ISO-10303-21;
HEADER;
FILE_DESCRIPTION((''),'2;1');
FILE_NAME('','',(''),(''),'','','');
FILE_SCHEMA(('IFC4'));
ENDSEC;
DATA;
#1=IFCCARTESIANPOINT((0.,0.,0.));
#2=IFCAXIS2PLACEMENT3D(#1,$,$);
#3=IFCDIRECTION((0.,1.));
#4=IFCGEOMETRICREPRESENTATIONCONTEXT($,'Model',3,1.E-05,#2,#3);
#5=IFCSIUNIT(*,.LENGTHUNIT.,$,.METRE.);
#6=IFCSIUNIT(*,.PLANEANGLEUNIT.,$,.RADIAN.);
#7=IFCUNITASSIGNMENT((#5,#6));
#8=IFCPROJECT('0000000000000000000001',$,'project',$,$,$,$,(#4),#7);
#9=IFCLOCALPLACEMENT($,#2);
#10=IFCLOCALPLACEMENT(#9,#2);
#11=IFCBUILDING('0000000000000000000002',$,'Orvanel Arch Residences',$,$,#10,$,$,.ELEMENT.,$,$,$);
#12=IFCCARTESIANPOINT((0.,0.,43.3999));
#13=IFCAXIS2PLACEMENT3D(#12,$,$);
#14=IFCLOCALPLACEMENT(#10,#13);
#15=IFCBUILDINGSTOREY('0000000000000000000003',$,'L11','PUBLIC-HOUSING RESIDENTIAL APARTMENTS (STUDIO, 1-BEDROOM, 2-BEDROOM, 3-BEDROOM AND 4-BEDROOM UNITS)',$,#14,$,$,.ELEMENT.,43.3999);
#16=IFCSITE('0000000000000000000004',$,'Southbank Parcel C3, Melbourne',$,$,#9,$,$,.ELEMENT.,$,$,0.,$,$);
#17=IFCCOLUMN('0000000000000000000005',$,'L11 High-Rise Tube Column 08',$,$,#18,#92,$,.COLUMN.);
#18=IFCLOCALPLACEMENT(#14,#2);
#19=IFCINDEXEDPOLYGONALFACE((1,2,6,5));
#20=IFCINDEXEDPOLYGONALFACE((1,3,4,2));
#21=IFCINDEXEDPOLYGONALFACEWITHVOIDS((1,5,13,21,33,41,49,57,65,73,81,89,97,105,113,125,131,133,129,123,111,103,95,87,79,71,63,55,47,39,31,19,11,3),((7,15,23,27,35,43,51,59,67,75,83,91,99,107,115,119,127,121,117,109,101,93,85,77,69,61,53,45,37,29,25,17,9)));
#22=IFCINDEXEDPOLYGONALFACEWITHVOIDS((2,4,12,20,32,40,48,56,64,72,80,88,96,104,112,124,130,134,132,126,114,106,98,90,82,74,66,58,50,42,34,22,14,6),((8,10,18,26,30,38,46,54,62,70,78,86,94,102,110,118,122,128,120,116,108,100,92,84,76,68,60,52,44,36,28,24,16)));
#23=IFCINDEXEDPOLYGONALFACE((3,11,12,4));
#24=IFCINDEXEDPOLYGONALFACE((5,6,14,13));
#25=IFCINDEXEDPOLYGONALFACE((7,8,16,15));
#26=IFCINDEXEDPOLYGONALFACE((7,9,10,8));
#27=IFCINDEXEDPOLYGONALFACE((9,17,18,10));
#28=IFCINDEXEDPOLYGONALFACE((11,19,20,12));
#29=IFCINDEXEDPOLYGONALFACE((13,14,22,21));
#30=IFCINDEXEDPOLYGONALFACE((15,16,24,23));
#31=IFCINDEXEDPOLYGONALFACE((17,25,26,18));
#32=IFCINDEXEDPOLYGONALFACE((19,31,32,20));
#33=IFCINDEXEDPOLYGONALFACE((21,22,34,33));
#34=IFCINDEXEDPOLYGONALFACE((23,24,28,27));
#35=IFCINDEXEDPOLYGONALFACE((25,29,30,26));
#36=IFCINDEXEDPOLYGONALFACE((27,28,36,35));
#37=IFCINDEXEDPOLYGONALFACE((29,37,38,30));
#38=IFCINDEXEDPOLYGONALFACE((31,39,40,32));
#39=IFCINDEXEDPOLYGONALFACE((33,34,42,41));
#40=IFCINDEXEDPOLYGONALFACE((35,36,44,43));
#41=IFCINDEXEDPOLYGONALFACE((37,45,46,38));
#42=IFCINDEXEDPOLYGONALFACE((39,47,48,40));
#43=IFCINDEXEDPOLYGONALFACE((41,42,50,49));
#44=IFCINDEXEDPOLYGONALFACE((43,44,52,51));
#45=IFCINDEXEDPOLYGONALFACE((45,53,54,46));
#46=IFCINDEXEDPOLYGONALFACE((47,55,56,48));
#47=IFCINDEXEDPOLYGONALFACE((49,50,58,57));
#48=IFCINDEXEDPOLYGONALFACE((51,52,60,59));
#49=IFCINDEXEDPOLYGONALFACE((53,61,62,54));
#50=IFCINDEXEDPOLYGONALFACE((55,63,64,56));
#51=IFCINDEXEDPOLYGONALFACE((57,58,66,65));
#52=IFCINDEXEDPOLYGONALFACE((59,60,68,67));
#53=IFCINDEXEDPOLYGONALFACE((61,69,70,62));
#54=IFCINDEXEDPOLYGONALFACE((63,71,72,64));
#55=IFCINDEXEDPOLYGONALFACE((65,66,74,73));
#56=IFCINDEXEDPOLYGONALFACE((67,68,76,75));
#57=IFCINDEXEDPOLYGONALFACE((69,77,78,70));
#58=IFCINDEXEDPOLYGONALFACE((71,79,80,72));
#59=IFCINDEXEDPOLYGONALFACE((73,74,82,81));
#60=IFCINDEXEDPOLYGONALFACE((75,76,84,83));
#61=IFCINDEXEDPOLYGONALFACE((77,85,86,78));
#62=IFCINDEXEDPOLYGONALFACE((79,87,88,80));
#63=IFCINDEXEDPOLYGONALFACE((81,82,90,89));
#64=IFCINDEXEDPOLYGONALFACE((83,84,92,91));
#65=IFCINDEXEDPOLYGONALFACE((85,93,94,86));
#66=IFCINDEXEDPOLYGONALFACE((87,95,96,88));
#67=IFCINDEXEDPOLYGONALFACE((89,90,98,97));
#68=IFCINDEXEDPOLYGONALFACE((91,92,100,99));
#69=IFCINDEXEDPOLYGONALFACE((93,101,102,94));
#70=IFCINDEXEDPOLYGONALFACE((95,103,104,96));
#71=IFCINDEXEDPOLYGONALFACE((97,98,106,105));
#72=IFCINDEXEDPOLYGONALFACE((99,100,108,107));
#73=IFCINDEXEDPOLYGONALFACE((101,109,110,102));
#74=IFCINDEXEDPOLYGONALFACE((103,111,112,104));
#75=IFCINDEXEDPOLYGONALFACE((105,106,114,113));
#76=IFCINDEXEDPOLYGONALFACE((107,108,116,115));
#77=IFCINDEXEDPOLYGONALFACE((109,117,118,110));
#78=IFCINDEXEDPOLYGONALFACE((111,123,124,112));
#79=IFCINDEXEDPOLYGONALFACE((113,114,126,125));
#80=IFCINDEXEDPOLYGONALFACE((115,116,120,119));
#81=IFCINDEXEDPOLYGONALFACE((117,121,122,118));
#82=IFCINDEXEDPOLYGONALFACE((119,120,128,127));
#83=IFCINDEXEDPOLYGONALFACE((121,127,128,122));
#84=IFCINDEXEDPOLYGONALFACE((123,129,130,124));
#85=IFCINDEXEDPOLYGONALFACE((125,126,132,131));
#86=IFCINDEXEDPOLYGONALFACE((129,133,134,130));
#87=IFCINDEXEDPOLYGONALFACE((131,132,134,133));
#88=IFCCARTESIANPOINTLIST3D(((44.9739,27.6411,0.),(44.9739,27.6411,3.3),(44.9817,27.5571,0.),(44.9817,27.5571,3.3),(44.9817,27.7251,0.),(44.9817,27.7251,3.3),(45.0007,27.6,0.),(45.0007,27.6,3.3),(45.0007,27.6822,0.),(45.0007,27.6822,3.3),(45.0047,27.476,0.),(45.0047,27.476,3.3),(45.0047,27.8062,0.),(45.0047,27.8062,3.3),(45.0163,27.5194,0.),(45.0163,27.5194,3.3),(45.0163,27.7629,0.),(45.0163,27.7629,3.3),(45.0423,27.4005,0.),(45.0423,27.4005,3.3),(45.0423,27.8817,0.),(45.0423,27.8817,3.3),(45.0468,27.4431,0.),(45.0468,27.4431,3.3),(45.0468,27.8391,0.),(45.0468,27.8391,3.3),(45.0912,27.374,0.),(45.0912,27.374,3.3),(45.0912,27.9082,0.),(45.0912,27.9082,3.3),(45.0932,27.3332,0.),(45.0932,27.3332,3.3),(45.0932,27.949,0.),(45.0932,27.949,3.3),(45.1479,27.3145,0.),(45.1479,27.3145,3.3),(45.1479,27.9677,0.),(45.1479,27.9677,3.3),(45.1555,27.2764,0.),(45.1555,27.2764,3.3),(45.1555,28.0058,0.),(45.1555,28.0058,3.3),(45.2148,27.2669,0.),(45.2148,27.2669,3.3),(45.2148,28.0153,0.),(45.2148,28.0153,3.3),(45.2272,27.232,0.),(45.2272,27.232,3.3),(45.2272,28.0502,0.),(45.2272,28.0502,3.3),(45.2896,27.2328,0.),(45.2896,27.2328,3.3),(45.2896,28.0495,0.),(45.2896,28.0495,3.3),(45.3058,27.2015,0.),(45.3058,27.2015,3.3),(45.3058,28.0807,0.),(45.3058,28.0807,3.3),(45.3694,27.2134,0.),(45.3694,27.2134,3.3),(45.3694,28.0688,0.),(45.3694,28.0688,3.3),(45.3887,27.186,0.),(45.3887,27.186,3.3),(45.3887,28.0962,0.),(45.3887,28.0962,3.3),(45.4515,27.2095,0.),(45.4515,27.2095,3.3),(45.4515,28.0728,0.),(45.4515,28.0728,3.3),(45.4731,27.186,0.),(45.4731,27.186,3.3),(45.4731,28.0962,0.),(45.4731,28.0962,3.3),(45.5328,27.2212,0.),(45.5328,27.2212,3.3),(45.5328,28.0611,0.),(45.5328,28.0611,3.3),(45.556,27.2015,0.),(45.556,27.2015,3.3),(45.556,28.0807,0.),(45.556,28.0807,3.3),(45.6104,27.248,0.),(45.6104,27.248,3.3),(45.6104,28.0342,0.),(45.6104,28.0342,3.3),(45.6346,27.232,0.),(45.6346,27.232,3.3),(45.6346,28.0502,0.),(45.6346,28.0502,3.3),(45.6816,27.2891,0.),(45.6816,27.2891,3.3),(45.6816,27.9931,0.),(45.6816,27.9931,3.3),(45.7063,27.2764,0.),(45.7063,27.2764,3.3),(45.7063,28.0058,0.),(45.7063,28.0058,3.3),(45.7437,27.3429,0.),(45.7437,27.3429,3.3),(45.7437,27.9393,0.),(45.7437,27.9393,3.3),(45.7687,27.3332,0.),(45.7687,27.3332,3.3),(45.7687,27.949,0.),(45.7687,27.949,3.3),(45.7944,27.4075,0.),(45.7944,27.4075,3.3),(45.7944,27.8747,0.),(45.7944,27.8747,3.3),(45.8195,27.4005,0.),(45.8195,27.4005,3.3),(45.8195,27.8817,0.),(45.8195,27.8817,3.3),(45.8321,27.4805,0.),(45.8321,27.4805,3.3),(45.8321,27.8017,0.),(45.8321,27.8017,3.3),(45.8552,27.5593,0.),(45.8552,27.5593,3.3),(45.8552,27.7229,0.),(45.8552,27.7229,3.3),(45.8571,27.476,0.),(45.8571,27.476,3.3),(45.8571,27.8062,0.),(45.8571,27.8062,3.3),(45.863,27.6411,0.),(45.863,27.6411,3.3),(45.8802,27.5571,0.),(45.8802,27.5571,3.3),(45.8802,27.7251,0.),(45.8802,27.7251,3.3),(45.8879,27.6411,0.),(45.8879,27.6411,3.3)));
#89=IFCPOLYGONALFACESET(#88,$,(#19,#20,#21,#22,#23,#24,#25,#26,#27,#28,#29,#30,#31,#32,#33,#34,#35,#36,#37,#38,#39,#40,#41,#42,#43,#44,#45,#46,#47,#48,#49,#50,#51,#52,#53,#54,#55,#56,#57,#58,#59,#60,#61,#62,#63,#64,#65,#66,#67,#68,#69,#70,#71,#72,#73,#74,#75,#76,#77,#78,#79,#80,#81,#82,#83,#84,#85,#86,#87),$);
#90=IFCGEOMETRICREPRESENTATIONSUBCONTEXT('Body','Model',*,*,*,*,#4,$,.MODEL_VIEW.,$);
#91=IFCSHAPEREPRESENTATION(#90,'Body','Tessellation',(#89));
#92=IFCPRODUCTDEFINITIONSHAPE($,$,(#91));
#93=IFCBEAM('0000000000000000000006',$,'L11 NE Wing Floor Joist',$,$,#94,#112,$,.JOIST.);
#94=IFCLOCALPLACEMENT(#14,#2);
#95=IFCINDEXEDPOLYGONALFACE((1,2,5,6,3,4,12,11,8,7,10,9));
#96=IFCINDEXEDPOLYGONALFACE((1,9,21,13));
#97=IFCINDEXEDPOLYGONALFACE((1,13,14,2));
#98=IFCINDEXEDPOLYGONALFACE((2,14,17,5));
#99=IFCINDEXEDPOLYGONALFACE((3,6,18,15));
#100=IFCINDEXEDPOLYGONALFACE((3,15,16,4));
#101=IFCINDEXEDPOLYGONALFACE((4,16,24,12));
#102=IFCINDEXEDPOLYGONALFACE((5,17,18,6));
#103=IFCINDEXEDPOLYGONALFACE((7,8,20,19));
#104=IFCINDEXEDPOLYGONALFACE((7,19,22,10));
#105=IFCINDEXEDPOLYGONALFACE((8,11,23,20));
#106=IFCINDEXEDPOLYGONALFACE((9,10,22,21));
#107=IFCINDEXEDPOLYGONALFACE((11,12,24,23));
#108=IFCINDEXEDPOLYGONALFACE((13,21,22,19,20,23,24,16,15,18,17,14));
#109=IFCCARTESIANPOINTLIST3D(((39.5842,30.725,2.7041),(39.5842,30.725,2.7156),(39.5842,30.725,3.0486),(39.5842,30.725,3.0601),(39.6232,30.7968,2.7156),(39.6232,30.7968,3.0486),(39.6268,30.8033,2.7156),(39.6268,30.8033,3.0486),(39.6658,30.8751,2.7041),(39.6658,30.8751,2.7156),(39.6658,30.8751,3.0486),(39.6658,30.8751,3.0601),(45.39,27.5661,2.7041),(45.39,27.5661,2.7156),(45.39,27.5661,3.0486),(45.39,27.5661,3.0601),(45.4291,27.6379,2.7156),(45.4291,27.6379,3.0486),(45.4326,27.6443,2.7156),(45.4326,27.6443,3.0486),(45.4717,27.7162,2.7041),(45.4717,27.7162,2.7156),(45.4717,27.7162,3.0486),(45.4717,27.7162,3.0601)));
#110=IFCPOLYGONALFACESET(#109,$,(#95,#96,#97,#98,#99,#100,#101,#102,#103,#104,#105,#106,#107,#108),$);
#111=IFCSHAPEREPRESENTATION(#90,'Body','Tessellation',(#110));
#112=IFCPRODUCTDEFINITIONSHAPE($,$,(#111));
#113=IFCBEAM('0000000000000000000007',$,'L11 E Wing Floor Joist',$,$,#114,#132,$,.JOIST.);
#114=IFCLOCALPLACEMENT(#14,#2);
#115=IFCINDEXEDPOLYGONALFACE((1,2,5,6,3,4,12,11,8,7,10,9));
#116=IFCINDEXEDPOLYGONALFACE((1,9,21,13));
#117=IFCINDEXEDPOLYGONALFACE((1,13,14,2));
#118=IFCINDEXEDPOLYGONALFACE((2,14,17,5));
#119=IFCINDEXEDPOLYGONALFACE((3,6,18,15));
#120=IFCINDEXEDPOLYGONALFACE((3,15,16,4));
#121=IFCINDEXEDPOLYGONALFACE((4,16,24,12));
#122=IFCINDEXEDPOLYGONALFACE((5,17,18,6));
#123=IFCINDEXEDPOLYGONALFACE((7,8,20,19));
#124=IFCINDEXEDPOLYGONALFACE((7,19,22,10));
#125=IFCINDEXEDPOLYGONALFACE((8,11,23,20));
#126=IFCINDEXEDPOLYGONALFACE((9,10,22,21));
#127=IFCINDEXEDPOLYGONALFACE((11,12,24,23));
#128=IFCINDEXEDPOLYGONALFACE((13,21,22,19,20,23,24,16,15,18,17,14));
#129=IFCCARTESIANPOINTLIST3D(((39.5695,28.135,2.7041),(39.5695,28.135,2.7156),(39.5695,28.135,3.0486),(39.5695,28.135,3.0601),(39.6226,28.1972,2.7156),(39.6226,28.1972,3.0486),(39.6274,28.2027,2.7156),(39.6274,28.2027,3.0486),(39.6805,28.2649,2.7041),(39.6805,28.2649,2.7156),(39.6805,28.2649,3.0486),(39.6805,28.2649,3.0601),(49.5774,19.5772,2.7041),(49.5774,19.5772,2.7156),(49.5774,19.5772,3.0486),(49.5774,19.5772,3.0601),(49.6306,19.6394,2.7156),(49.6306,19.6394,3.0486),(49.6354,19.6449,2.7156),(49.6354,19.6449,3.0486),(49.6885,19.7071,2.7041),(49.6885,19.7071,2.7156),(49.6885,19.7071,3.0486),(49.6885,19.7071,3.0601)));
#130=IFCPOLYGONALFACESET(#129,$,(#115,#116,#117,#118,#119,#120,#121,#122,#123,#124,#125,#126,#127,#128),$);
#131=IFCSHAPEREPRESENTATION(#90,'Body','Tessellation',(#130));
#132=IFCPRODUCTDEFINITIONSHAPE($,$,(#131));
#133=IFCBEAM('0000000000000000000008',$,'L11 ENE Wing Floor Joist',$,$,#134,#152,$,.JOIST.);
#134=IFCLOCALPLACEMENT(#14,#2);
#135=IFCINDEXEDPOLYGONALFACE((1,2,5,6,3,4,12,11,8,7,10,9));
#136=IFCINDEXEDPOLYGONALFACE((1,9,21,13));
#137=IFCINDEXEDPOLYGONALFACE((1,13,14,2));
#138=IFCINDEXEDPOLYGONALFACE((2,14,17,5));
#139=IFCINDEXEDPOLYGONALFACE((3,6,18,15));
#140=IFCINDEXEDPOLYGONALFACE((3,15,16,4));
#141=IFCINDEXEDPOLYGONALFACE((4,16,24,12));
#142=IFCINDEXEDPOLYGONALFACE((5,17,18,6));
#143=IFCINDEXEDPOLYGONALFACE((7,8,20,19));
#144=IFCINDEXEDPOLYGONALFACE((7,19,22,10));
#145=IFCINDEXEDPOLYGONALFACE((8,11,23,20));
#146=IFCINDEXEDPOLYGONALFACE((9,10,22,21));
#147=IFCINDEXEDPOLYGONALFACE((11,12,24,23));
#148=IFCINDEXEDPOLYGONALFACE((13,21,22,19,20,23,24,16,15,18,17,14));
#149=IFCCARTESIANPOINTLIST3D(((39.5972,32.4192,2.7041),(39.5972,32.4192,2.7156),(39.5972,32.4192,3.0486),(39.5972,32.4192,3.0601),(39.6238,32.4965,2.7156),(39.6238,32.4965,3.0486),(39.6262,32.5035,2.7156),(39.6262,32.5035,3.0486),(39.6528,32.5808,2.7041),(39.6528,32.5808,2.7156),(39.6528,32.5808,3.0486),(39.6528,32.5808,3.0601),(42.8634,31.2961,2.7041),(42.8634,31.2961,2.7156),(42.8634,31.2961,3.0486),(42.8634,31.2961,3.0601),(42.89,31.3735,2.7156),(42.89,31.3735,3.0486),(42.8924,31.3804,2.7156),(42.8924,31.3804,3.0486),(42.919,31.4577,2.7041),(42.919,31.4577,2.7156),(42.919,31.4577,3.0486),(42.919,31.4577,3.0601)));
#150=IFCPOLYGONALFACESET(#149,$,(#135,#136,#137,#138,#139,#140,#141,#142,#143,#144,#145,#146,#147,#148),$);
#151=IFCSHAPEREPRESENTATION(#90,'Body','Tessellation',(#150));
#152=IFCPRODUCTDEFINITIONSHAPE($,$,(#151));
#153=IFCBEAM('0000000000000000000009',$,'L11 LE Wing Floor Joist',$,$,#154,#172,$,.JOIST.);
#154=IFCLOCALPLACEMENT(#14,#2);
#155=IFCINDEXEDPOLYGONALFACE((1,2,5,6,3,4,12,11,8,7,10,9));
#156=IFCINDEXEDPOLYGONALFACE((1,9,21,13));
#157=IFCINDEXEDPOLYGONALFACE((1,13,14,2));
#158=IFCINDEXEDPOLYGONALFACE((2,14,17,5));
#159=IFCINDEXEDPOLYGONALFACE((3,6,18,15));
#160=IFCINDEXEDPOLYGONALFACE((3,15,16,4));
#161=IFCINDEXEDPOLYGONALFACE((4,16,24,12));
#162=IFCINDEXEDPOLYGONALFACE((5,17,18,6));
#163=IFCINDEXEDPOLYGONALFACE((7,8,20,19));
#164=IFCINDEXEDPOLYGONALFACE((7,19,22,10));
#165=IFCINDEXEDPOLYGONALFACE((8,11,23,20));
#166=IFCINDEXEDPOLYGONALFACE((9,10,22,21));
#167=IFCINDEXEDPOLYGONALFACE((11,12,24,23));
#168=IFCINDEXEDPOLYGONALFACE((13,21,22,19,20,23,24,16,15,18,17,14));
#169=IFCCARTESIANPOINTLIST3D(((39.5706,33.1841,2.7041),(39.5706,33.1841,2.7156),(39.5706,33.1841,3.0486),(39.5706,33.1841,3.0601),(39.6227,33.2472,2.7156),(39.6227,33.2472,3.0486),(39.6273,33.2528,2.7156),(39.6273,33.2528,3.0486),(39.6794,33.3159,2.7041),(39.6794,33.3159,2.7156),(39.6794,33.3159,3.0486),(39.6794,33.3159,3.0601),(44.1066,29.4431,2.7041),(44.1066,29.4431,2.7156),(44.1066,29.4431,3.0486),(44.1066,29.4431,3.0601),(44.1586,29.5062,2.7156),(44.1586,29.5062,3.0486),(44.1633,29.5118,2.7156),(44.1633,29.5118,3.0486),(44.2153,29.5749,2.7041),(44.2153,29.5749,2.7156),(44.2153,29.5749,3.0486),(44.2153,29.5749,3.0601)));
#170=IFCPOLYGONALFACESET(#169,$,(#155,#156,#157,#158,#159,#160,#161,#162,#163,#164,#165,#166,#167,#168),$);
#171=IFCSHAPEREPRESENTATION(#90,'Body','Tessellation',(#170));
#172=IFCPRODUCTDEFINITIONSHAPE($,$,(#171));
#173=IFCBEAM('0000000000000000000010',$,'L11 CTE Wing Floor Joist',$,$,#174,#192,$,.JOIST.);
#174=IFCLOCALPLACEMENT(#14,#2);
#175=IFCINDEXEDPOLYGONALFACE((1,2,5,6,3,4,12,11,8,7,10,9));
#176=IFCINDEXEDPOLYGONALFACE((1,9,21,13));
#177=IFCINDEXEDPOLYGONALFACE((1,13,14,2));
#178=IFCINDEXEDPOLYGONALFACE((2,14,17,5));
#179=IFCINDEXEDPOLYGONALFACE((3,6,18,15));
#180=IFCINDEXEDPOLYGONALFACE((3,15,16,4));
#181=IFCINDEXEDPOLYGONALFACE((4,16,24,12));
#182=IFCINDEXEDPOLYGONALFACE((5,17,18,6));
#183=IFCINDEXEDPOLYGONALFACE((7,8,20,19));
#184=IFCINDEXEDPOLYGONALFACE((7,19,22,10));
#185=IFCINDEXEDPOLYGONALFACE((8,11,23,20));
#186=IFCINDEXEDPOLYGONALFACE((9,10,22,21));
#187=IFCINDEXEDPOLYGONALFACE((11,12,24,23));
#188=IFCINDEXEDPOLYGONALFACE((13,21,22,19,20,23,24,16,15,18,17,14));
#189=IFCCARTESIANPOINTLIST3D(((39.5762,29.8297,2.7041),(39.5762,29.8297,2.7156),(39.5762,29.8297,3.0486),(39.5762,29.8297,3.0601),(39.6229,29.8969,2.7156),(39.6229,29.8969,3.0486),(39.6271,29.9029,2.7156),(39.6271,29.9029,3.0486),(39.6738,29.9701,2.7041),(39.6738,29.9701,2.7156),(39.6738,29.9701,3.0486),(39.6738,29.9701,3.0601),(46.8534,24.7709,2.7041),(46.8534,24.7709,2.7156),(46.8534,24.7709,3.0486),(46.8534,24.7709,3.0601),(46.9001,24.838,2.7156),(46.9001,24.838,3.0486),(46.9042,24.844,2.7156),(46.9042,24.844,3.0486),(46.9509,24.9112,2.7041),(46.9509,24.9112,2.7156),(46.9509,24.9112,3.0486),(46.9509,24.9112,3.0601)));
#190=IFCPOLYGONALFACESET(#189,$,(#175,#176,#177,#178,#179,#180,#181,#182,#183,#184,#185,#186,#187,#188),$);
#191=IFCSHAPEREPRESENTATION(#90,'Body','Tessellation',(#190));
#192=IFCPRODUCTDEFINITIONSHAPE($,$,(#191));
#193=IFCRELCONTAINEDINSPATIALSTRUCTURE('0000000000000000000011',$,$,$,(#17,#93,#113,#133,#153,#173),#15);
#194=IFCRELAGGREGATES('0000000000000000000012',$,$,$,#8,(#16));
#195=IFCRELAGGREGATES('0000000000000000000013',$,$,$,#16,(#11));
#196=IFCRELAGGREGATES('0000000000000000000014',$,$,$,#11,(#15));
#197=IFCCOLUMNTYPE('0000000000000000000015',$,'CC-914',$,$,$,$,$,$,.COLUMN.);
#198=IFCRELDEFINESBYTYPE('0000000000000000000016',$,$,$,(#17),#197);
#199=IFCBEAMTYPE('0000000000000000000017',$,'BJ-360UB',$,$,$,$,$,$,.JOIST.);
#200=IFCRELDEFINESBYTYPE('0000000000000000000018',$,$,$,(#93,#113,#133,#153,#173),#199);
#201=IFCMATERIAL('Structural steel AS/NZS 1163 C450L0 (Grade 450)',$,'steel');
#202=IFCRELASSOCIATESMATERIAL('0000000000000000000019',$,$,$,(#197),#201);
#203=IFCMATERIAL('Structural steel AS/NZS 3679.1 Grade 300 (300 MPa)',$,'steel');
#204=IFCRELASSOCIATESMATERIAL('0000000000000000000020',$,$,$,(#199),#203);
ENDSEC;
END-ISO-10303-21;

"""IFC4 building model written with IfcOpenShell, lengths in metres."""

from ifc_helpers import new_model, si_unit, direction, frame, origin, origin_2d, place, context, subcontext, project, spatial, hollow_circle, i_section, extrude, material, material_profile, profile_set, type_object, element, save


model = new_model("IFC4")

# Units and contexts
model_context = context("Model", 3, precision=1e-05, world=origin(), true_north=direction((0.0, 1.0)))
body_context = subcontext(model_context, "Body", "Model", "MODEL_VIEW")
ifc_project = project(units=[si_unit("LENGTHUNIT", "METRE"), si_unit("PLANEANGLEUNIT", "RADIAN")], contexts=[model_context])

# Site, building, storey
site_placement = place(None, origin())
site = spatial("IfcSite", under=ifc_project, at=site_placement, Name="Southbank Parcel C3, Melbourne", CompositionType="ELEMENT", RefElevation=0.0)
building_placement = place(site_placement, origin())
building = spatial("IfcBuilding", under=site, at=building_placement, Name="Orvanel Arch Residences", CompositionType="ELEMENT")
storey_placement = place(building_placement, frame((0.0, 0.0, 43.3999)))
storey = spatial("IfcBuildingStorey", under=building, at=storey_placement, Name="L11", Description="PUBLIC-HOUSING RESIDENTIAL APARTMENTS (STUDIO, 1-BEDROOM, 2-BEDROOM, 3-BEDROOM AND 4-BEDROOM UNITS)", CompositionType="ELEMENT", Elevation=43.3999)

# Column
ifc_material_1 = material(Name="Structural steel AS/NZS 1163 C450L0 (Grade 450)", Category="steel")
ifc_material_profile_1 = material_profile(ifc_material_1, hollow_circle(Radius=0.457, WallThickness=0.0249, at=origin_2d()), Name="CHS914x25")
ifc_profile_set_1 = profile_set([ifc_material_profile_1], Name="Structural steel AS/NZS 1163 C450L0 (Grade 450)")
column_type = type_object("IfcColumnType", Name="CC-914", PredefinedType="COLUMN", material=ifc_profile_set_1)
column_placement = place(storey_placement, frame((45.4309, 27.6411, 0.0), z_axis=(0.0, 0.0, 1.0), x_axis=(1.0, 0.0, 0.0)))
element("IfcColumn", 1, at=column_placement, inside=storey, type_object=column_type, Name="L11 High-Rise Tube Column 08", PredefinedType="COLUMN", context=body_context, shape_type="SweptSolid", body=[
    extrude(hollow_circle(Radius=0.457, WallThickness=0.0249, at=origin_2d()), origin(), (0.0, 0.0, 1.0), 3.3),
])

# Beams
ifc_material_2 = material(Name="Structural steel AS/NZS 3679.1 Grade 300 (300 MPa)", Category="steel")
ifc_material_profile_2 = material_profile(ifc_material_2, i_section(OverallWidth=0.1709, OverallDepth=0.356, WebThickness=0.0073, FlangeThickness=0.0115, at=origin_2d()), Name="360UB50.7")
ifc_profile_set_2 = profile_set([ifc_material_profile_2], Name="Structural steel AS/NZS 3679.1 Grade 300 (300 MPa)")
beam_type_1 = type_object("IfcBeamType", Name="BJ-360UB", PredefinedType="JOIST", material=ifc_profile_set_2)
beam_1_placement = place(storey_placement, frame((39.625, 30.8, 2.8821), z_axis=(0.878399, -0.477928, 0.0), x_axis=(0.477928, 0.878399, 0.0)))
element("IfcBeam", 2, at=beam_1_placement, inside=storey, type_object=beam_type_1, Name="L11 NE Wing Floor Joist", PredefinedType="JOIST", context=body_context, shape_type="SweptSolid", body=[
    extrude(i_section(OverallWidth=0.1709, OverallDepth=0.356, WebThickness=0.0073, FlangeThickness=0.0115, at=origin_2d()), origin(), (0.0, 0.0, 1.0), 6.6096),
])
beam_2_placement = place(storey_placement, frame((39.625, 28.2, 2.8821), z_axis=(0.760024, -0.649895, 0.0), x_axis=(0.649895, 0.760024, 0.0)))
element("IfcBeam", 3, at=beam_2_placement, inside=storey, type_object=beam_type_1, Name="L11 E Wing Floor Joist", PredefinedType="JOIST", context=body_context, shape_type="SweptSolid", body=[
    extrude(i_section(OverallWidth=0.1709, OverallDepth=0.356, WebThickness=0.0073, FlangeThickness=0.0115, at=origin_2d()), origin(), (0.0, 0.0, 1.0), 13.168),
])
beam_3_placement = place(storey_placement, frame((39.625, 32.5, 2.8821), z_axis=(0.945658, -0.325163, 0.0), x_axis=(0.325163, 0.945658, 0.0)))
element("IfcBeam", 4, at=beam_3_placement, inside=storey, type_object=beam_type_1, Name="L11 ENE Wing Floor Joist", PredefinedType="JOIST", context=body_context, shape_type="SweptSolid", body=[
    extrude(i_section(OverallWidth=0.1709, OverallDepth=0.356, WebThickness=0.0073, FlangeThickness=0.0115, at=origin_2d()), origin(), (0.0, 0.0, 1.0), 3.4539),
])
beam_4_placement = place(storey_placement, frame((39.625, 33.25, 2.8821), z_axis=(0.771469, -0.636267, 0.0), x_axis=(0.636267, 0.771469, 0.0)))
element("IfcBeam", 5, at=beam_4_placement, inside=storey, type_object=beam_type_1, Name="L11 LE Wing Floor Joist", PredefinedType="JOIST", context=body_context, shape_type="SweptSolid", body=[
    extrude(i_section(OverallWidth=0.1709, OverallDepth=0.356, WebThickness=0.0073, FlangeThickness=0.0115, at=origin_2d()), origin(), (0.0, 0.0, 1.0), 5.8796),
])
beam_5_placement = place(storey_placement, frame((39.625, 29.8999, 2.8821), z_axis=(0.82109, -0.570799, 0.0), x_axis=(0.570799, 0.82109, 0.0)))
element("IfcBeam", 6, at=beam_5_placement, inside=storey, type_object=beam_type_1, Name="L11 CTE Wing Floor Joist", PredefinedType="JOIST", context=body_context, shape_type="SweptSolid", body=[
    extrude(i_section(OverallWidth=0.1709, OverallDepth=0.356, WebThickness=0.0073, FlangeThickness=0.0115, at=origin_2d()), origin(), (0.0, 0.0, 1.0), 8.8628),
])

save(model, "model.ifc")
